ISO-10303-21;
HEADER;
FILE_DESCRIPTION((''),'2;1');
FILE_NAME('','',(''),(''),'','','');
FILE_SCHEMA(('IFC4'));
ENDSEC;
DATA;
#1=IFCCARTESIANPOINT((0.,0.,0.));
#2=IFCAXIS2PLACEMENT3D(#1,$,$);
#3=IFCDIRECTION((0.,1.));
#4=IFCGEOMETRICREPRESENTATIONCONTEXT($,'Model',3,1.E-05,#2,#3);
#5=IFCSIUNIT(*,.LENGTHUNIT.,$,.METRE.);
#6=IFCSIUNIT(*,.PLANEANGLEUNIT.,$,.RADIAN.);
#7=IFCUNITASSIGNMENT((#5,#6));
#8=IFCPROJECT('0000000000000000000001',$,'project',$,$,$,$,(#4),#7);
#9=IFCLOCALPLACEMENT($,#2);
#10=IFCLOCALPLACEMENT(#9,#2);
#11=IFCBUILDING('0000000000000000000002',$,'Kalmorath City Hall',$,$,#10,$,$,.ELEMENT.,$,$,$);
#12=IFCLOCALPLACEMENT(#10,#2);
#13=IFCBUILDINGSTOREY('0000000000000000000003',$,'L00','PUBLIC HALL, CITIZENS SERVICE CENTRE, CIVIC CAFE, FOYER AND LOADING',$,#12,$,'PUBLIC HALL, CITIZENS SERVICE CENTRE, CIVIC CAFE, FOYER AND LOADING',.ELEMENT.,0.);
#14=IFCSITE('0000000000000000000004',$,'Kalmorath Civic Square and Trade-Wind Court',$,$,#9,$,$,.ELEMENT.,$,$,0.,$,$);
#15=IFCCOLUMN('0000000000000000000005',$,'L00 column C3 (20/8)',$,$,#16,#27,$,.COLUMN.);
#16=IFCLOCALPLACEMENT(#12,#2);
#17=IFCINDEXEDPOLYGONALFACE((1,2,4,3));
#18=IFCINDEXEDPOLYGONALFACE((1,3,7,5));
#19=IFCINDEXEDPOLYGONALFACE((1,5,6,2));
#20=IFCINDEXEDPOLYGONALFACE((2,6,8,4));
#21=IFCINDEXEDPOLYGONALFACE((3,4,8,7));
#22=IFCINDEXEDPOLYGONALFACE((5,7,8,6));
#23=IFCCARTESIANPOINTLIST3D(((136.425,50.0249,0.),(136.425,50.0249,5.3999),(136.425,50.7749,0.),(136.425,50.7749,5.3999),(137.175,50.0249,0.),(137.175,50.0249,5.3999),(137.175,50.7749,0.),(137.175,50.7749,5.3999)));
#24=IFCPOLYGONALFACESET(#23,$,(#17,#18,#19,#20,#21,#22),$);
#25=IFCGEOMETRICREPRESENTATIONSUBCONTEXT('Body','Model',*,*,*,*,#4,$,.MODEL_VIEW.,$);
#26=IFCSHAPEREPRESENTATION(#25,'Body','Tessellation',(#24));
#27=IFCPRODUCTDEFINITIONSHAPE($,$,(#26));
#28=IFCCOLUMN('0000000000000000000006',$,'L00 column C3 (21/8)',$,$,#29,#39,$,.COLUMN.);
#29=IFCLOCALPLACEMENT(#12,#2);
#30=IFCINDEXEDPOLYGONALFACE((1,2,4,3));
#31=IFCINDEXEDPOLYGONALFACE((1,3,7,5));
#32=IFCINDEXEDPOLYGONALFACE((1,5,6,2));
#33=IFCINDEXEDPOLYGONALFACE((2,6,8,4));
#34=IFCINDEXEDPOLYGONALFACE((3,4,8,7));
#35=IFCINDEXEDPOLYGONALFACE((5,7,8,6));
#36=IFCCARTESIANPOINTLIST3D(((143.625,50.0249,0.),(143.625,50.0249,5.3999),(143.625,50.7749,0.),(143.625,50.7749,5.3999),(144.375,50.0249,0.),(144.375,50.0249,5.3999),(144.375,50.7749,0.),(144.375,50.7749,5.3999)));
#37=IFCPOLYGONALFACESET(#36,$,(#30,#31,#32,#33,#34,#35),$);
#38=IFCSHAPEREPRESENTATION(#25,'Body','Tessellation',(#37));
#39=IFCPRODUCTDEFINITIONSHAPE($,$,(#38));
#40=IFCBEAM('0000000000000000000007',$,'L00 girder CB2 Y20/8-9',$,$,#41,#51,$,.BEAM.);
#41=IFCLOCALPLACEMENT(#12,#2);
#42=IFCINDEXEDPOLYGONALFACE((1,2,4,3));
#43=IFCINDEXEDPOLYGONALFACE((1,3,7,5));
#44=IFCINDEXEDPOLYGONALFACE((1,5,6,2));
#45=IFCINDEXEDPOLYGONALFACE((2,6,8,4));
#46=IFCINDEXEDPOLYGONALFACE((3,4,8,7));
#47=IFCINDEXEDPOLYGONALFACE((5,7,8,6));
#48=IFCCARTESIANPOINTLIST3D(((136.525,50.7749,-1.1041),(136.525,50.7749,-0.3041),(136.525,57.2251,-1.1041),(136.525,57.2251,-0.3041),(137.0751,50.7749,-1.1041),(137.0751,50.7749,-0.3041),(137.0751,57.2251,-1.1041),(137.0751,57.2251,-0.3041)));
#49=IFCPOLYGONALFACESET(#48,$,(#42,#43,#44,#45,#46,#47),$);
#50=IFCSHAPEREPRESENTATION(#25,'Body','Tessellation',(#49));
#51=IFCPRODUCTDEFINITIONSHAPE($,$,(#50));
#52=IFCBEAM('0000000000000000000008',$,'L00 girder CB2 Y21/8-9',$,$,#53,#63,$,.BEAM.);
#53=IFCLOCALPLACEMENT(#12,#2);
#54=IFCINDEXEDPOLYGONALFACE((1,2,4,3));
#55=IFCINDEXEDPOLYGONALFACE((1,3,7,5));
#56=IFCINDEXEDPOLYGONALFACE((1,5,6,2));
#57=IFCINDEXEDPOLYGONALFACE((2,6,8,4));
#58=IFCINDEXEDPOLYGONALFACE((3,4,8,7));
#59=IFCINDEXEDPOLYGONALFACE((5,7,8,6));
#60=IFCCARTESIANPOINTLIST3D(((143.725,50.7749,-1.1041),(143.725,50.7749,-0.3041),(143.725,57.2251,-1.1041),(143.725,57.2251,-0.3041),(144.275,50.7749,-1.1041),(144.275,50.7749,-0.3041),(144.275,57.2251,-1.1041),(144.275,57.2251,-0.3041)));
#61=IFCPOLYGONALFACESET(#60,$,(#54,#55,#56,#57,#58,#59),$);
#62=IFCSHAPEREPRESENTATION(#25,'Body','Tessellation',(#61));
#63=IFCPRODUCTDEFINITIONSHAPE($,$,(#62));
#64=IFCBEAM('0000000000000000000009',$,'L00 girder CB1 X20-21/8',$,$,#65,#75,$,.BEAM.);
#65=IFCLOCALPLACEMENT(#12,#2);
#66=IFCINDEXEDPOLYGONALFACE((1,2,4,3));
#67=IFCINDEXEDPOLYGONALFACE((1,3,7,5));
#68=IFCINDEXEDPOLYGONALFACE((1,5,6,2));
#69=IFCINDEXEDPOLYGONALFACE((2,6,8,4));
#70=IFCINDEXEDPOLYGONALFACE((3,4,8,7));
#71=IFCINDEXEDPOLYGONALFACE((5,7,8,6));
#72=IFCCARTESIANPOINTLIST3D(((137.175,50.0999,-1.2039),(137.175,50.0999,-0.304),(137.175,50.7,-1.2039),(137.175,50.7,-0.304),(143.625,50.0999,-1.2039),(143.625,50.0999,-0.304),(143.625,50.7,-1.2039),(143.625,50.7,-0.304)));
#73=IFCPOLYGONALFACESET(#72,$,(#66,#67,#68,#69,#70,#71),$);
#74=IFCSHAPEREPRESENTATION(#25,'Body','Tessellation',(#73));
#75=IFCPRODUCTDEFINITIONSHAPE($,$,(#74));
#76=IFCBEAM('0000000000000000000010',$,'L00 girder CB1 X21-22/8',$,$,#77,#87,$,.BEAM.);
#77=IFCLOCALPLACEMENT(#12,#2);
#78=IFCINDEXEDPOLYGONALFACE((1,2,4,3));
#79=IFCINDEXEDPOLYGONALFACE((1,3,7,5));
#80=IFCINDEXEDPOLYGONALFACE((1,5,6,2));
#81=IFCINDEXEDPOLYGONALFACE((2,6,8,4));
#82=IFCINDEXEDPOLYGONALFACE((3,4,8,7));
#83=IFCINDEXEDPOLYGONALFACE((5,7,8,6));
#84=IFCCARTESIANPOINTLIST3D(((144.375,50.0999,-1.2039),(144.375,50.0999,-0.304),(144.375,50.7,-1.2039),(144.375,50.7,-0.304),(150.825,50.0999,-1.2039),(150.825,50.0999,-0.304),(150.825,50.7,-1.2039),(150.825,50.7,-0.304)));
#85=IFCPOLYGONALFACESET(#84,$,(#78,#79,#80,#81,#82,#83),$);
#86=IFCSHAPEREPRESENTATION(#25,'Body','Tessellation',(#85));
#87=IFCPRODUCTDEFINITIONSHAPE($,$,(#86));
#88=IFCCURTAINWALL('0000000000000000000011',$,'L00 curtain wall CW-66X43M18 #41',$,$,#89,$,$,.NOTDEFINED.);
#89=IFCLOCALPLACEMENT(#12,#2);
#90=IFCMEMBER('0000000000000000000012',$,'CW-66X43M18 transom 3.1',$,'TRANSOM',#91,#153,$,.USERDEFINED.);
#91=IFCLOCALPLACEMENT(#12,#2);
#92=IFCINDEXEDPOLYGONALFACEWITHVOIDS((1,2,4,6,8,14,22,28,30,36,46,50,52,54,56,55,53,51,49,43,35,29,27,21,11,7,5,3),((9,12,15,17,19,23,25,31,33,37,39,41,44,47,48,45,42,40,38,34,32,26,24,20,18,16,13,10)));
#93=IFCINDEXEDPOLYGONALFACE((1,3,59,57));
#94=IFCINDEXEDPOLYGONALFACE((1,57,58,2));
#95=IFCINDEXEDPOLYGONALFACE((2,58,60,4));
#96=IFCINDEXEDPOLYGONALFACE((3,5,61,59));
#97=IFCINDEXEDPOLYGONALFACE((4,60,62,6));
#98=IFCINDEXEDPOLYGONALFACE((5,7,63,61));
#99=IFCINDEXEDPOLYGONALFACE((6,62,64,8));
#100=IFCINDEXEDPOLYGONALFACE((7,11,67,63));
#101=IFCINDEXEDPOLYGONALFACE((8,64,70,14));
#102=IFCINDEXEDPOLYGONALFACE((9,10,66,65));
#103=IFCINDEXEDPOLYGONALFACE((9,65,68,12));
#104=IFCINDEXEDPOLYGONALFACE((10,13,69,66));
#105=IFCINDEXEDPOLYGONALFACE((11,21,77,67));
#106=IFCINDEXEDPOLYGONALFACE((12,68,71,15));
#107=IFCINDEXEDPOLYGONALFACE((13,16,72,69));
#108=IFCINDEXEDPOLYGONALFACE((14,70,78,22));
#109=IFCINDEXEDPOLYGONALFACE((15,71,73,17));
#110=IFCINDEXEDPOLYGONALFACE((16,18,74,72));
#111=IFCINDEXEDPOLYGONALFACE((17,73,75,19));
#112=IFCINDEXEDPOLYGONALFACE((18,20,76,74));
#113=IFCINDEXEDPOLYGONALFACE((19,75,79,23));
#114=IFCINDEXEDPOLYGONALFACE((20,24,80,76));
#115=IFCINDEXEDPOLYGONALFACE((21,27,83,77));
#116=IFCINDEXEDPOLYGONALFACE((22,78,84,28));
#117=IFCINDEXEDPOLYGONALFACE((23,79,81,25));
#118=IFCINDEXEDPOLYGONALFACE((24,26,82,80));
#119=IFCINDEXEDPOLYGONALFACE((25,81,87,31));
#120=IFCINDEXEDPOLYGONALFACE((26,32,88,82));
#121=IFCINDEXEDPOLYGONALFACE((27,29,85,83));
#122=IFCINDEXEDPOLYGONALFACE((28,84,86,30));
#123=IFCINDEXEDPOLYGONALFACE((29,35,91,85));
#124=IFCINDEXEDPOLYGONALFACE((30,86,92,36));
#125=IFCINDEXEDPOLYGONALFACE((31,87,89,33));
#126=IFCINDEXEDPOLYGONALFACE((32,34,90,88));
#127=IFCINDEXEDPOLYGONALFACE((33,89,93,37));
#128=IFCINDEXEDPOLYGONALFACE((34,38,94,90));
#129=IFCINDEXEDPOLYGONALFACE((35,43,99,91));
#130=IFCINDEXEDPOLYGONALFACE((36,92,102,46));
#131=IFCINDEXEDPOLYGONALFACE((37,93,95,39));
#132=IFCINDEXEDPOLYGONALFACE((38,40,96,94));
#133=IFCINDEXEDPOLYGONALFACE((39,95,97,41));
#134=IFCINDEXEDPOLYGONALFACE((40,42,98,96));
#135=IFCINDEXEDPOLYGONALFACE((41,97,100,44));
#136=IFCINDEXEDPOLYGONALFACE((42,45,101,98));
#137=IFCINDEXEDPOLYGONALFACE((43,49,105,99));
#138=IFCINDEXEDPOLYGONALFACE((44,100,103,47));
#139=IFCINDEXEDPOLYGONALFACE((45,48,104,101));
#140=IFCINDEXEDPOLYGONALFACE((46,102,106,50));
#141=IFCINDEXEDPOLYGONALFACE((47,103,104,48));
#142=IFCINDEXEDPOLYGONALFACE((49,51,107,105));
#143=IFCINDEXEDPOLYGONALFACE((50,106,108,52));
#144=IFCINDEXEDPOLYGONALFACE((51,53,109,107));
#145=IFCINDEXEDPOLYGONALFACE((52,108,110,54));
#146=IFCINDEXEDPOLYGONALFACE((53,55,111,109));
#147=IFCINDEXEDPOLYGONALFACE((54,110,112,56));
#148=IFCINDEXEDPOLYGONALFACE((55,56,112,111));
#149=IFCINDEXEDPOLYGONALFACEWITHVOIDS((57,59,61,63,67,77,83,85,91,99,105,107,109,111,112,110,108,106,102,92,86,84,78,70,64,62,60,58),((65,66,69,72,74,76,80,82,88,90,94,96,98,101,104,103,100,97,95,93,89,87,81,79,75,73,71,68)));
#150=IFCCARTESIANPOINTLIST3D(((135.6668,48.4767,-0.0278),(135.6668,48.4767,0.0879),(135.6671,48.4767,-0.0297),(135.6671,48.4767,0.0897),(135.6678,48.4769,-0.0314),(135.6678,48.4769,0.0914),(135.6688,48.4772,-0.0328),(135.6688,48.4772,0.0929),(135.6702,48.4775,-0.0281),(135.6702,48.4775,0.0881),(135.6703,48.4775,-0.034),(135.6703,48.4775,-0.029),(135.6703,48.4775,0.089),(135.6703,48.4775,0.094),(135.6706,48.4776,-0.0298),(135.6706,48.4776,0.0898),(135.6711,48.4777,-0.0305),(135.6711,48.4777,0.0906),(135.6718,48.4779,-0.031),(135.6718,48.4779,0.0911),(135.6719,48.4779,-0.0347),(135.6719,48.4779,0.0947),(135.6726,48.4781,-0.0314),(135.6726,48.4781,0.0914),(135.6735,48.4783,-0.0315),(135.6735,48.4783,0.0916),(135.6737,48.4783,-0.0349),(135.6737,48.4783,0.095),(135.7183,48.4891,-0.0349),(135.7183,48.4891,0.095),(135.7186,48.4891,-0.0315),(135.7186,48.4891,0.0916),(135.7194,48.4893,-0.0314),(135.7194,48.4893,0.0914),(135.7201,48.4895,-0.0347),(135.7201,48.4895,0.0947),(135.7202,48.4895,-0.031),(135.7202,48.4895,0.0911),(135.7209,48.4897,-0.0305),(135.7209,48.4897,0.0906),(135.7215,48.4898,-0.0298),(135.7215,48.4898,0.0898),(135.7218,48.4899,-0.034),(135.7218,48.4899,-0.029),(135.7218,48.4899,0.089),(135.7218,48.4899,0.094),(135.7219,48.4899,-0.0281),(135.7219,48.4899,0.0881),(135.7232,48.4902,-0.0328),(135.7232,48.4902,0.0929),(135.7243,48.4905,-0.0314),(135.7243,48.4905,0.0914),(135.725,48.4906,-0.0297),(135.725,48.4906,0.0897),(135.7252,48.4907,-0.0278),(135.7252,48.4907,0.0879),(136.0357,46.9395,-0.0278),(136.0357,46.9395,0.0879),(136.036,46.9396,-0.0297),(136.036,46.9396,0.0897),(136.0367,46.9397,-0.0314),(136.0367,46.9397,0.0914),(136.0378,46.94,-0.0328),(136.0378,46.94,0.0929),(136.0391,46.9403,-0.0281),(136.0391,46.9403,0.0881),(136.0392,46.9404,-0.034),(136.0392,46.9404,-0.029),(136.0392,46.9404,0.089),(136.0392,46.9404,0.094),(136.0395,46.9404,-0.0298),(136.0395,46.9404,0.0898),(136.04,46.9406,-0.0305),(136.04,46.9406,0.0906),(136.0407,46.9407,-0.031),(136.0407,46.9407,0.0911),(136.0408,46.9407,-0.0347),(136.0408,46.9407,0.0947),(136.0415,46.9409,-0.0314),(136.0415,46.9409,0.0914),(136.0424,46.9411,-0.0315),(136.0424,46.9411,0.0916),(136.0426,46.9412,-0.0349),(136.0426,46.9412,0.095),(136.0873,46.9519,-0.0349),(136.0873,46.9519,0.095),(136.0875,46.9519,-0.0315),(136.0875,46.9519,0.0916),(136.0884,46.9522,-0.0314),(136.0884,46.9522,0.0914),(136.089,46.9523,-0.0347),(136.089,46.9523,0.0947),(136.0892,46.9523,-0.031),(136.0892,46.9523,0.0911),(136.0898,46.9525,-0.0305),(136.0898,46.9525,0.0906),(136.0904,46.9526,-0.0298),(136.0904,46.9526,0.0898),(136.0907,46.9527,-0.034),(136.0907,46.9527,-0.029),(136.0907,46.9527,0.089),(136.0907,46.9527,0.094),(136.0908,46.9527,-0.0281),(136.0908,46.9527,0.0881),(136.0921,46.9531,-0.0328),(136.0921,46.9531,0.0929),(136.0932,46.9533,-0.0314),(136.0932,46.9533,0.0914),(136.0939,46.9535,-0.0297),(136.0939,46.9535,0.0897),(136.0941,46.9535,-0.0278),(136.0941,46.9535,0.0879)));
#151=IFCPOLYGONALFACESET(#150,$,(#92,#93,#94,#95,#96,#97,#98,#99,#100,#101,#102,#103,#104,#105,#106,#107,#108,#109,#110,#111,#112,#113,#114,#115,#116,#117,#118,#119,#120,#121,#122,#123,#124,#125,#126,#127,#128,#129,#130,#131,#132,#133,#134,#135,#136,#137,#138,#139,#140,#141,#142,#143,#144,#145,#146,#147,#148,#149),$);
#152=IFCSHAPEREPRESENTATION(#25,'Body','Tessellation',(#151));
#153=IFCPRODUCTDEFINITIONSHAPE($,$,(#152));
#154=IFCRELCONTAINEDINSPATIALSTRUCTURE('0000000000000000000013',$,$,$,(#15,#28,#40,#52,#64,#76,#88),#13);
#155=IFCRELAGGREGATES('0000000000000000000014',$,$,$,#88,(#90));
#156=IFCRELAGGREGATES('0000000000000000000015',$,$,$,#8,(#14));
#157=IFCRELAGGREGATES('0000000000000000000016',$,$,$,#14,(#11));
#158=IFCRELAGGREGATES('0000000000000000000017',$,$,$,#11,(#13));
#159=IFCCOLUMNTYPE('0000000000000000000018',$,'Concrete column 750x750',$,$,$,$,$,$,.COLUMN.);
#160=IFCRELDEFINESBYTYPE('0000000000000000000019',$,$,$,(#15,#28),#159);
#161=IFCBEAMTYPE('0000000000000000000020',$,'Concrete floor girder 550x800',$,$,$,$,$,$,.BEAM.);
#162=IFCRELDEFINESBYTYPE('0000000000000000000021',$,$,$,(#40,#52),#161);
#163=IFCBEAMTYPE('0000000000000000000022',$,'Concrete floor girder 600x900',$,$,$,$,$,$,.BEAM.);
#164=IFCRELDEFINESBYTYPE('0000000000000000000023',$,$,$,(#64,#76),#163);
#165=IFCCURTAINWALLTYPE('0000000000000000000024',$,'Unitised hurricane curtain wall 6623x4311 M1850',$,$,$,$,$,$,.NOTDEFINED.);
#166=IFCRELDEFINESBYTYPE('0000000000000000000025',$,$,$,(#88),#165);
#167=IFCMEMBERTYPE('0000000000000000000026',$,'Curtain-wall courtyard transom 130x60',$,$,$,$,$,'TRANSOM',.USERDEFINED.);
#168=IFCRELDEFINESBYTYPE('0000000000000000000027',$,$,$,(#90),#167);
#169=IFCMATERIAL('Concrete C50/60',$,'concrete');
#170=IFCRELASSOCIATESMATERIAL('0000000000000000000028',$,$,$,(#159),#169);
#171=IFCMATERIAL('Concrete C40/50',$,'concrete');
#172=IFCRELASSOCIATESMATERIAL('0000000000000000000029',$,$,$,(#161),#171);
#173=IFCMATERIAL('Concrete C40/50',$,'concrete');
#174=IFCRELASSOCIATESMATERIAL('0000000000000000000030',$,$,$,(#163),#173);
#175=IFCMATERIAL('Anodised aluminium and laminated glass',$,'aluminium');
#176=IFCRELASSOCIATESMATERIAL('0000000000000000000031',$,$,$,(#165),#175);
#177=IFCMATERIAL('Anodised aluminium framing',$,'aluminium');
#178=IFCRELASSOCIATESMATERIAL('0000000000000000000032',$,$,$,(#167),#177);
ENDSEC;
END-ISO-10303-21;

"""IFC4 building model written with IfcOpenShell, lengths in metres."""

from ifc_helpers import new_model, si_unit, direction, frame, origin, origin_2d, place, context, subcontext, project, spatial, rectangle, hollow_rectangle, extrude, material, material_profile, profile_set, type_object, element, aggregate, save


model = new_model("IFC4")

# Units and contexts
model_context = context("Model", 3, precision=1e-05, world=origin(), true_north=direction((0.0, 1.0)))
body_context = subcontext(model_context, "Body", "Model", "MODEL_VIEW")
ifc_project = project(units=[si_unit("LENGTHUNIT", "METRE"), si_unit("PLANEANGLEUNIT", "RADIAN")], contexts=[model_context])

# Site, building, storey
site_placement = place(None, origin())
site = spatial("IfcSite", under=ifc_project, at=site_placement, Name="Kalmorath Civic Square and Trade-Wind Court", CompositionType="ELEMENT", RefElevation=0.0)
building_placement = place(site_placement, origin())
building = spatial("IfcBuilding", under=site, at=building_placement, Name="Kalmorath City Hall", CompositionType="ELEMENT")
storey_placement = place(building_placement, origin())
storey = spatial("IfcBuildingStorey", under=building, at=storey_placement, Name="L00", Description="PUBLIC HALL, CITIZENS SERVICE CENTRE, CIVIC CAFE, FOYER AND LOADING", LongName="PUBLIC HALL, CITIZENS SERVICE CENTRE, CIVIC CAFE, FOYER AND LOADING", CompositionType="ELEMENT", Elevation=0.0)

# Columns
ifc_material_1 = material(Name="Concrete C50/60", Category="concrete")
ifc_material_profile_1 = material_profile(ifc_material_1, rectangle(XDim=0.75, YDim=0.75, at=origin_2d()), Name="RC-COL-750X750")
ifc_profile_set_1 = profile_set([ifc_material_profile_1], Name="Concrete C50/60")
column_type = type_object("IfcColumnType", Name="Concrete column 750x750", PredefinedType="COLUMN", material=ifc_profile_set_1)
for number, where, z_axis, x_axis, name in (
    (1, (136.8, 50.3999, 0.0), (0.0, 0.0, 1.0), (1.0, 0.0, 0.0), "L00 column C3 (20/8)"),
    (2, (144.0, 50.3999, 0.0), (0.0, 0.0, 1.0), (1.0, 0.0, 0.0), "L00 column C3 (21/8)"),
):
    element("IfcColumn", number, at=place(storey_placement, frame(where, z_axis=z_axis, x_axis=x_axis)), inside=storey, type_object=column_type, Name=name, PredefinedType="COLUMN", context=body_context, shape_type="SweptSolid", body=[
        extrude(rectangle(XDim=0.75, YDim=0.75, at=origin_2d()), origin(), (0.0, 0.0, 1.0), 5.3999),
    ])

# Beams
ifc_material_2 = material(Name="Concrete C40/50", Category="concrete")
ifc_material_profile_2 = material_profile(ifc_material_2, rectangle(XDim=0.55, YDim=0.8, at=origin_2d()), Name="RC-BM-550X800")
ifc_profile_set_2 = profile_set([ifc_material_profile_2], Name="Concrete C40/50")
beam_type_1 = type_object("IfcBeamType", Name="Concrete floor girder 550x800", PredefinedType="BEAM", material=ifc_profile_set_2)
for number, where, z_axis, x_axis, name in (
    (3, (136.8, 50.7749, -0.7041), (0.0, 1.0, 0.0), (-1.0, 0.0, 0.0), "L00 girder CB2 Y20/8-9"),
    (4, (144.0, 50.7749, -0.7041), (0.0, 1.0, 0.0), (-1.0, 0.0, 0.0), "L00 girder CB2 Y21/8-9"),
):
    element("IfcBeam", number, at=place(storey_placement, frame(where, z_axis=z_axis, x_axis=x_axis)), inside=storey, type_object=beam_type_1, Name=name, PredefinedType="BEAM", context=body_context, shape_type="SweptSolid", body=[
        extrude(rectangle(XDim=0.55, YDim=0.8, at=origin_2d()), origin(), (0.0, 0.0, 1.0), 6.4502),
    ])
ifc_material_3 = material(Name="Concrete C40/50", Category="concrete")
ifc_material_profile_3 = material_profile(ifc_material_3, rectangle(XDim=0.6001, YDim=0.8999, at=origin_2d()), Name="RC-BM-600X900")
ifc_profile_set_3 = profile_set([ifc_material_profile_3], Name="Concrete C40/50")
beam_type_2 = type_object("IfcBeamType", Name="Concrete floor girder 600x900", PredefinedType="BEAM", material=ifc_profile_set_3)
for number, where, z_axis, x_axis, name in (
    (5, (137.175, 50.3999, -0.7539), (1.0, 0.0, 0.0), (0.0, 1.0, 0.0), "L00 girder CB1 X20-21/8"),
    (6, (144.375, 50.3999, -0.7539), (1.0, 0.0, 0.0), (0.0, 1.0, 0.0), "L00 girder CB1 X21-22/8"),
):
    element("IfcBeam", number, at=place(storey_placement, frame(where, z_axis=z_axis, x_axis=x_axis)), inside=storey, type_object=beam_type_2, Name=name, PredefinedType="BEAM", context=body_context, shape_type="SweptSolid", body=[
        extrude(rectangle(XDim=0.6001, YDim=0.8999, at=origin_2d()), origin(), (0.0, 0.0, 1.0), 6.45),
    ])

# Curtain wall, member
ifc_material_4 = material(Name="Anodised aluminium and laminated glass", Category="aluminium")
curtain_wall_type = type_object("IfcCurtainWallType", Name="Unitised hurricane curtain wall 6623x4311 M1850", PredefinedType="NOTDEFINED", material=ifc_material_4)
curtain_wall_placement = place(storey_placement, origin())
curtain_wall = element("IfcCurtainWall", 7, at=curtain_wall_placement, inside=storey, type_object=curtain_wall_type, Name="L00 curtain wall CW-66X43M18 #41", PredefinedType="NOTDEFINED")
ifc_material_5 = material(Name="Anodised aluminium framing", Category="aluminium")
ifc_material_profile_4 = material_profile(ifc_material_5, hollow_rectangle(XDim=0.0601, YDim=0.1299, WallThickness=0.0034, InnerFilletRadius=0.0034, OuterFilletRadius=0.0071, at=origin_2d()), Name="ALU-TRN-130X60X3.5")
ifc_profile_set_4 = profile_set([ifc_material_profile_4], Name="Anodised aluminium framing")
member_type_1 = type_object("IfcMemberType", Name="Curtain-wall courtyard transom 130x60", ElementType="TRANSOM", PredefinedType="USERDEFINED", material=ifc_profile_set_4)
member_1_placement = place(storey_placement, frame((136.0649, 46.9465, 0.03), z_axis=(-0.233367, 0.972389, 0.0), x_axis=(-0.972389, -0.233367, 0.0)))
member_1 = element("IfcMember", 8, at=member_1_placement, type_object=member_type_1, Name="CW-66X43M18 transom 3.1", ObjectType="TRANSOM", PredefinedType="USERDEFINED", context=body_context, shape_type="SweptSolid", body=[
    extrude(hollow_rectangle(XDim=0.0601, YDim=0.1299, WallThickness=0.0034, InnerFilletRadius=0.0034, OuterFilletRadius=0.0071, at=origin_2d()), origin(), (0.0, 0.0, 1.0), 1.5808),
])

aggregate(curtain_wall, [member_1])

save(model, "model.ifc")
